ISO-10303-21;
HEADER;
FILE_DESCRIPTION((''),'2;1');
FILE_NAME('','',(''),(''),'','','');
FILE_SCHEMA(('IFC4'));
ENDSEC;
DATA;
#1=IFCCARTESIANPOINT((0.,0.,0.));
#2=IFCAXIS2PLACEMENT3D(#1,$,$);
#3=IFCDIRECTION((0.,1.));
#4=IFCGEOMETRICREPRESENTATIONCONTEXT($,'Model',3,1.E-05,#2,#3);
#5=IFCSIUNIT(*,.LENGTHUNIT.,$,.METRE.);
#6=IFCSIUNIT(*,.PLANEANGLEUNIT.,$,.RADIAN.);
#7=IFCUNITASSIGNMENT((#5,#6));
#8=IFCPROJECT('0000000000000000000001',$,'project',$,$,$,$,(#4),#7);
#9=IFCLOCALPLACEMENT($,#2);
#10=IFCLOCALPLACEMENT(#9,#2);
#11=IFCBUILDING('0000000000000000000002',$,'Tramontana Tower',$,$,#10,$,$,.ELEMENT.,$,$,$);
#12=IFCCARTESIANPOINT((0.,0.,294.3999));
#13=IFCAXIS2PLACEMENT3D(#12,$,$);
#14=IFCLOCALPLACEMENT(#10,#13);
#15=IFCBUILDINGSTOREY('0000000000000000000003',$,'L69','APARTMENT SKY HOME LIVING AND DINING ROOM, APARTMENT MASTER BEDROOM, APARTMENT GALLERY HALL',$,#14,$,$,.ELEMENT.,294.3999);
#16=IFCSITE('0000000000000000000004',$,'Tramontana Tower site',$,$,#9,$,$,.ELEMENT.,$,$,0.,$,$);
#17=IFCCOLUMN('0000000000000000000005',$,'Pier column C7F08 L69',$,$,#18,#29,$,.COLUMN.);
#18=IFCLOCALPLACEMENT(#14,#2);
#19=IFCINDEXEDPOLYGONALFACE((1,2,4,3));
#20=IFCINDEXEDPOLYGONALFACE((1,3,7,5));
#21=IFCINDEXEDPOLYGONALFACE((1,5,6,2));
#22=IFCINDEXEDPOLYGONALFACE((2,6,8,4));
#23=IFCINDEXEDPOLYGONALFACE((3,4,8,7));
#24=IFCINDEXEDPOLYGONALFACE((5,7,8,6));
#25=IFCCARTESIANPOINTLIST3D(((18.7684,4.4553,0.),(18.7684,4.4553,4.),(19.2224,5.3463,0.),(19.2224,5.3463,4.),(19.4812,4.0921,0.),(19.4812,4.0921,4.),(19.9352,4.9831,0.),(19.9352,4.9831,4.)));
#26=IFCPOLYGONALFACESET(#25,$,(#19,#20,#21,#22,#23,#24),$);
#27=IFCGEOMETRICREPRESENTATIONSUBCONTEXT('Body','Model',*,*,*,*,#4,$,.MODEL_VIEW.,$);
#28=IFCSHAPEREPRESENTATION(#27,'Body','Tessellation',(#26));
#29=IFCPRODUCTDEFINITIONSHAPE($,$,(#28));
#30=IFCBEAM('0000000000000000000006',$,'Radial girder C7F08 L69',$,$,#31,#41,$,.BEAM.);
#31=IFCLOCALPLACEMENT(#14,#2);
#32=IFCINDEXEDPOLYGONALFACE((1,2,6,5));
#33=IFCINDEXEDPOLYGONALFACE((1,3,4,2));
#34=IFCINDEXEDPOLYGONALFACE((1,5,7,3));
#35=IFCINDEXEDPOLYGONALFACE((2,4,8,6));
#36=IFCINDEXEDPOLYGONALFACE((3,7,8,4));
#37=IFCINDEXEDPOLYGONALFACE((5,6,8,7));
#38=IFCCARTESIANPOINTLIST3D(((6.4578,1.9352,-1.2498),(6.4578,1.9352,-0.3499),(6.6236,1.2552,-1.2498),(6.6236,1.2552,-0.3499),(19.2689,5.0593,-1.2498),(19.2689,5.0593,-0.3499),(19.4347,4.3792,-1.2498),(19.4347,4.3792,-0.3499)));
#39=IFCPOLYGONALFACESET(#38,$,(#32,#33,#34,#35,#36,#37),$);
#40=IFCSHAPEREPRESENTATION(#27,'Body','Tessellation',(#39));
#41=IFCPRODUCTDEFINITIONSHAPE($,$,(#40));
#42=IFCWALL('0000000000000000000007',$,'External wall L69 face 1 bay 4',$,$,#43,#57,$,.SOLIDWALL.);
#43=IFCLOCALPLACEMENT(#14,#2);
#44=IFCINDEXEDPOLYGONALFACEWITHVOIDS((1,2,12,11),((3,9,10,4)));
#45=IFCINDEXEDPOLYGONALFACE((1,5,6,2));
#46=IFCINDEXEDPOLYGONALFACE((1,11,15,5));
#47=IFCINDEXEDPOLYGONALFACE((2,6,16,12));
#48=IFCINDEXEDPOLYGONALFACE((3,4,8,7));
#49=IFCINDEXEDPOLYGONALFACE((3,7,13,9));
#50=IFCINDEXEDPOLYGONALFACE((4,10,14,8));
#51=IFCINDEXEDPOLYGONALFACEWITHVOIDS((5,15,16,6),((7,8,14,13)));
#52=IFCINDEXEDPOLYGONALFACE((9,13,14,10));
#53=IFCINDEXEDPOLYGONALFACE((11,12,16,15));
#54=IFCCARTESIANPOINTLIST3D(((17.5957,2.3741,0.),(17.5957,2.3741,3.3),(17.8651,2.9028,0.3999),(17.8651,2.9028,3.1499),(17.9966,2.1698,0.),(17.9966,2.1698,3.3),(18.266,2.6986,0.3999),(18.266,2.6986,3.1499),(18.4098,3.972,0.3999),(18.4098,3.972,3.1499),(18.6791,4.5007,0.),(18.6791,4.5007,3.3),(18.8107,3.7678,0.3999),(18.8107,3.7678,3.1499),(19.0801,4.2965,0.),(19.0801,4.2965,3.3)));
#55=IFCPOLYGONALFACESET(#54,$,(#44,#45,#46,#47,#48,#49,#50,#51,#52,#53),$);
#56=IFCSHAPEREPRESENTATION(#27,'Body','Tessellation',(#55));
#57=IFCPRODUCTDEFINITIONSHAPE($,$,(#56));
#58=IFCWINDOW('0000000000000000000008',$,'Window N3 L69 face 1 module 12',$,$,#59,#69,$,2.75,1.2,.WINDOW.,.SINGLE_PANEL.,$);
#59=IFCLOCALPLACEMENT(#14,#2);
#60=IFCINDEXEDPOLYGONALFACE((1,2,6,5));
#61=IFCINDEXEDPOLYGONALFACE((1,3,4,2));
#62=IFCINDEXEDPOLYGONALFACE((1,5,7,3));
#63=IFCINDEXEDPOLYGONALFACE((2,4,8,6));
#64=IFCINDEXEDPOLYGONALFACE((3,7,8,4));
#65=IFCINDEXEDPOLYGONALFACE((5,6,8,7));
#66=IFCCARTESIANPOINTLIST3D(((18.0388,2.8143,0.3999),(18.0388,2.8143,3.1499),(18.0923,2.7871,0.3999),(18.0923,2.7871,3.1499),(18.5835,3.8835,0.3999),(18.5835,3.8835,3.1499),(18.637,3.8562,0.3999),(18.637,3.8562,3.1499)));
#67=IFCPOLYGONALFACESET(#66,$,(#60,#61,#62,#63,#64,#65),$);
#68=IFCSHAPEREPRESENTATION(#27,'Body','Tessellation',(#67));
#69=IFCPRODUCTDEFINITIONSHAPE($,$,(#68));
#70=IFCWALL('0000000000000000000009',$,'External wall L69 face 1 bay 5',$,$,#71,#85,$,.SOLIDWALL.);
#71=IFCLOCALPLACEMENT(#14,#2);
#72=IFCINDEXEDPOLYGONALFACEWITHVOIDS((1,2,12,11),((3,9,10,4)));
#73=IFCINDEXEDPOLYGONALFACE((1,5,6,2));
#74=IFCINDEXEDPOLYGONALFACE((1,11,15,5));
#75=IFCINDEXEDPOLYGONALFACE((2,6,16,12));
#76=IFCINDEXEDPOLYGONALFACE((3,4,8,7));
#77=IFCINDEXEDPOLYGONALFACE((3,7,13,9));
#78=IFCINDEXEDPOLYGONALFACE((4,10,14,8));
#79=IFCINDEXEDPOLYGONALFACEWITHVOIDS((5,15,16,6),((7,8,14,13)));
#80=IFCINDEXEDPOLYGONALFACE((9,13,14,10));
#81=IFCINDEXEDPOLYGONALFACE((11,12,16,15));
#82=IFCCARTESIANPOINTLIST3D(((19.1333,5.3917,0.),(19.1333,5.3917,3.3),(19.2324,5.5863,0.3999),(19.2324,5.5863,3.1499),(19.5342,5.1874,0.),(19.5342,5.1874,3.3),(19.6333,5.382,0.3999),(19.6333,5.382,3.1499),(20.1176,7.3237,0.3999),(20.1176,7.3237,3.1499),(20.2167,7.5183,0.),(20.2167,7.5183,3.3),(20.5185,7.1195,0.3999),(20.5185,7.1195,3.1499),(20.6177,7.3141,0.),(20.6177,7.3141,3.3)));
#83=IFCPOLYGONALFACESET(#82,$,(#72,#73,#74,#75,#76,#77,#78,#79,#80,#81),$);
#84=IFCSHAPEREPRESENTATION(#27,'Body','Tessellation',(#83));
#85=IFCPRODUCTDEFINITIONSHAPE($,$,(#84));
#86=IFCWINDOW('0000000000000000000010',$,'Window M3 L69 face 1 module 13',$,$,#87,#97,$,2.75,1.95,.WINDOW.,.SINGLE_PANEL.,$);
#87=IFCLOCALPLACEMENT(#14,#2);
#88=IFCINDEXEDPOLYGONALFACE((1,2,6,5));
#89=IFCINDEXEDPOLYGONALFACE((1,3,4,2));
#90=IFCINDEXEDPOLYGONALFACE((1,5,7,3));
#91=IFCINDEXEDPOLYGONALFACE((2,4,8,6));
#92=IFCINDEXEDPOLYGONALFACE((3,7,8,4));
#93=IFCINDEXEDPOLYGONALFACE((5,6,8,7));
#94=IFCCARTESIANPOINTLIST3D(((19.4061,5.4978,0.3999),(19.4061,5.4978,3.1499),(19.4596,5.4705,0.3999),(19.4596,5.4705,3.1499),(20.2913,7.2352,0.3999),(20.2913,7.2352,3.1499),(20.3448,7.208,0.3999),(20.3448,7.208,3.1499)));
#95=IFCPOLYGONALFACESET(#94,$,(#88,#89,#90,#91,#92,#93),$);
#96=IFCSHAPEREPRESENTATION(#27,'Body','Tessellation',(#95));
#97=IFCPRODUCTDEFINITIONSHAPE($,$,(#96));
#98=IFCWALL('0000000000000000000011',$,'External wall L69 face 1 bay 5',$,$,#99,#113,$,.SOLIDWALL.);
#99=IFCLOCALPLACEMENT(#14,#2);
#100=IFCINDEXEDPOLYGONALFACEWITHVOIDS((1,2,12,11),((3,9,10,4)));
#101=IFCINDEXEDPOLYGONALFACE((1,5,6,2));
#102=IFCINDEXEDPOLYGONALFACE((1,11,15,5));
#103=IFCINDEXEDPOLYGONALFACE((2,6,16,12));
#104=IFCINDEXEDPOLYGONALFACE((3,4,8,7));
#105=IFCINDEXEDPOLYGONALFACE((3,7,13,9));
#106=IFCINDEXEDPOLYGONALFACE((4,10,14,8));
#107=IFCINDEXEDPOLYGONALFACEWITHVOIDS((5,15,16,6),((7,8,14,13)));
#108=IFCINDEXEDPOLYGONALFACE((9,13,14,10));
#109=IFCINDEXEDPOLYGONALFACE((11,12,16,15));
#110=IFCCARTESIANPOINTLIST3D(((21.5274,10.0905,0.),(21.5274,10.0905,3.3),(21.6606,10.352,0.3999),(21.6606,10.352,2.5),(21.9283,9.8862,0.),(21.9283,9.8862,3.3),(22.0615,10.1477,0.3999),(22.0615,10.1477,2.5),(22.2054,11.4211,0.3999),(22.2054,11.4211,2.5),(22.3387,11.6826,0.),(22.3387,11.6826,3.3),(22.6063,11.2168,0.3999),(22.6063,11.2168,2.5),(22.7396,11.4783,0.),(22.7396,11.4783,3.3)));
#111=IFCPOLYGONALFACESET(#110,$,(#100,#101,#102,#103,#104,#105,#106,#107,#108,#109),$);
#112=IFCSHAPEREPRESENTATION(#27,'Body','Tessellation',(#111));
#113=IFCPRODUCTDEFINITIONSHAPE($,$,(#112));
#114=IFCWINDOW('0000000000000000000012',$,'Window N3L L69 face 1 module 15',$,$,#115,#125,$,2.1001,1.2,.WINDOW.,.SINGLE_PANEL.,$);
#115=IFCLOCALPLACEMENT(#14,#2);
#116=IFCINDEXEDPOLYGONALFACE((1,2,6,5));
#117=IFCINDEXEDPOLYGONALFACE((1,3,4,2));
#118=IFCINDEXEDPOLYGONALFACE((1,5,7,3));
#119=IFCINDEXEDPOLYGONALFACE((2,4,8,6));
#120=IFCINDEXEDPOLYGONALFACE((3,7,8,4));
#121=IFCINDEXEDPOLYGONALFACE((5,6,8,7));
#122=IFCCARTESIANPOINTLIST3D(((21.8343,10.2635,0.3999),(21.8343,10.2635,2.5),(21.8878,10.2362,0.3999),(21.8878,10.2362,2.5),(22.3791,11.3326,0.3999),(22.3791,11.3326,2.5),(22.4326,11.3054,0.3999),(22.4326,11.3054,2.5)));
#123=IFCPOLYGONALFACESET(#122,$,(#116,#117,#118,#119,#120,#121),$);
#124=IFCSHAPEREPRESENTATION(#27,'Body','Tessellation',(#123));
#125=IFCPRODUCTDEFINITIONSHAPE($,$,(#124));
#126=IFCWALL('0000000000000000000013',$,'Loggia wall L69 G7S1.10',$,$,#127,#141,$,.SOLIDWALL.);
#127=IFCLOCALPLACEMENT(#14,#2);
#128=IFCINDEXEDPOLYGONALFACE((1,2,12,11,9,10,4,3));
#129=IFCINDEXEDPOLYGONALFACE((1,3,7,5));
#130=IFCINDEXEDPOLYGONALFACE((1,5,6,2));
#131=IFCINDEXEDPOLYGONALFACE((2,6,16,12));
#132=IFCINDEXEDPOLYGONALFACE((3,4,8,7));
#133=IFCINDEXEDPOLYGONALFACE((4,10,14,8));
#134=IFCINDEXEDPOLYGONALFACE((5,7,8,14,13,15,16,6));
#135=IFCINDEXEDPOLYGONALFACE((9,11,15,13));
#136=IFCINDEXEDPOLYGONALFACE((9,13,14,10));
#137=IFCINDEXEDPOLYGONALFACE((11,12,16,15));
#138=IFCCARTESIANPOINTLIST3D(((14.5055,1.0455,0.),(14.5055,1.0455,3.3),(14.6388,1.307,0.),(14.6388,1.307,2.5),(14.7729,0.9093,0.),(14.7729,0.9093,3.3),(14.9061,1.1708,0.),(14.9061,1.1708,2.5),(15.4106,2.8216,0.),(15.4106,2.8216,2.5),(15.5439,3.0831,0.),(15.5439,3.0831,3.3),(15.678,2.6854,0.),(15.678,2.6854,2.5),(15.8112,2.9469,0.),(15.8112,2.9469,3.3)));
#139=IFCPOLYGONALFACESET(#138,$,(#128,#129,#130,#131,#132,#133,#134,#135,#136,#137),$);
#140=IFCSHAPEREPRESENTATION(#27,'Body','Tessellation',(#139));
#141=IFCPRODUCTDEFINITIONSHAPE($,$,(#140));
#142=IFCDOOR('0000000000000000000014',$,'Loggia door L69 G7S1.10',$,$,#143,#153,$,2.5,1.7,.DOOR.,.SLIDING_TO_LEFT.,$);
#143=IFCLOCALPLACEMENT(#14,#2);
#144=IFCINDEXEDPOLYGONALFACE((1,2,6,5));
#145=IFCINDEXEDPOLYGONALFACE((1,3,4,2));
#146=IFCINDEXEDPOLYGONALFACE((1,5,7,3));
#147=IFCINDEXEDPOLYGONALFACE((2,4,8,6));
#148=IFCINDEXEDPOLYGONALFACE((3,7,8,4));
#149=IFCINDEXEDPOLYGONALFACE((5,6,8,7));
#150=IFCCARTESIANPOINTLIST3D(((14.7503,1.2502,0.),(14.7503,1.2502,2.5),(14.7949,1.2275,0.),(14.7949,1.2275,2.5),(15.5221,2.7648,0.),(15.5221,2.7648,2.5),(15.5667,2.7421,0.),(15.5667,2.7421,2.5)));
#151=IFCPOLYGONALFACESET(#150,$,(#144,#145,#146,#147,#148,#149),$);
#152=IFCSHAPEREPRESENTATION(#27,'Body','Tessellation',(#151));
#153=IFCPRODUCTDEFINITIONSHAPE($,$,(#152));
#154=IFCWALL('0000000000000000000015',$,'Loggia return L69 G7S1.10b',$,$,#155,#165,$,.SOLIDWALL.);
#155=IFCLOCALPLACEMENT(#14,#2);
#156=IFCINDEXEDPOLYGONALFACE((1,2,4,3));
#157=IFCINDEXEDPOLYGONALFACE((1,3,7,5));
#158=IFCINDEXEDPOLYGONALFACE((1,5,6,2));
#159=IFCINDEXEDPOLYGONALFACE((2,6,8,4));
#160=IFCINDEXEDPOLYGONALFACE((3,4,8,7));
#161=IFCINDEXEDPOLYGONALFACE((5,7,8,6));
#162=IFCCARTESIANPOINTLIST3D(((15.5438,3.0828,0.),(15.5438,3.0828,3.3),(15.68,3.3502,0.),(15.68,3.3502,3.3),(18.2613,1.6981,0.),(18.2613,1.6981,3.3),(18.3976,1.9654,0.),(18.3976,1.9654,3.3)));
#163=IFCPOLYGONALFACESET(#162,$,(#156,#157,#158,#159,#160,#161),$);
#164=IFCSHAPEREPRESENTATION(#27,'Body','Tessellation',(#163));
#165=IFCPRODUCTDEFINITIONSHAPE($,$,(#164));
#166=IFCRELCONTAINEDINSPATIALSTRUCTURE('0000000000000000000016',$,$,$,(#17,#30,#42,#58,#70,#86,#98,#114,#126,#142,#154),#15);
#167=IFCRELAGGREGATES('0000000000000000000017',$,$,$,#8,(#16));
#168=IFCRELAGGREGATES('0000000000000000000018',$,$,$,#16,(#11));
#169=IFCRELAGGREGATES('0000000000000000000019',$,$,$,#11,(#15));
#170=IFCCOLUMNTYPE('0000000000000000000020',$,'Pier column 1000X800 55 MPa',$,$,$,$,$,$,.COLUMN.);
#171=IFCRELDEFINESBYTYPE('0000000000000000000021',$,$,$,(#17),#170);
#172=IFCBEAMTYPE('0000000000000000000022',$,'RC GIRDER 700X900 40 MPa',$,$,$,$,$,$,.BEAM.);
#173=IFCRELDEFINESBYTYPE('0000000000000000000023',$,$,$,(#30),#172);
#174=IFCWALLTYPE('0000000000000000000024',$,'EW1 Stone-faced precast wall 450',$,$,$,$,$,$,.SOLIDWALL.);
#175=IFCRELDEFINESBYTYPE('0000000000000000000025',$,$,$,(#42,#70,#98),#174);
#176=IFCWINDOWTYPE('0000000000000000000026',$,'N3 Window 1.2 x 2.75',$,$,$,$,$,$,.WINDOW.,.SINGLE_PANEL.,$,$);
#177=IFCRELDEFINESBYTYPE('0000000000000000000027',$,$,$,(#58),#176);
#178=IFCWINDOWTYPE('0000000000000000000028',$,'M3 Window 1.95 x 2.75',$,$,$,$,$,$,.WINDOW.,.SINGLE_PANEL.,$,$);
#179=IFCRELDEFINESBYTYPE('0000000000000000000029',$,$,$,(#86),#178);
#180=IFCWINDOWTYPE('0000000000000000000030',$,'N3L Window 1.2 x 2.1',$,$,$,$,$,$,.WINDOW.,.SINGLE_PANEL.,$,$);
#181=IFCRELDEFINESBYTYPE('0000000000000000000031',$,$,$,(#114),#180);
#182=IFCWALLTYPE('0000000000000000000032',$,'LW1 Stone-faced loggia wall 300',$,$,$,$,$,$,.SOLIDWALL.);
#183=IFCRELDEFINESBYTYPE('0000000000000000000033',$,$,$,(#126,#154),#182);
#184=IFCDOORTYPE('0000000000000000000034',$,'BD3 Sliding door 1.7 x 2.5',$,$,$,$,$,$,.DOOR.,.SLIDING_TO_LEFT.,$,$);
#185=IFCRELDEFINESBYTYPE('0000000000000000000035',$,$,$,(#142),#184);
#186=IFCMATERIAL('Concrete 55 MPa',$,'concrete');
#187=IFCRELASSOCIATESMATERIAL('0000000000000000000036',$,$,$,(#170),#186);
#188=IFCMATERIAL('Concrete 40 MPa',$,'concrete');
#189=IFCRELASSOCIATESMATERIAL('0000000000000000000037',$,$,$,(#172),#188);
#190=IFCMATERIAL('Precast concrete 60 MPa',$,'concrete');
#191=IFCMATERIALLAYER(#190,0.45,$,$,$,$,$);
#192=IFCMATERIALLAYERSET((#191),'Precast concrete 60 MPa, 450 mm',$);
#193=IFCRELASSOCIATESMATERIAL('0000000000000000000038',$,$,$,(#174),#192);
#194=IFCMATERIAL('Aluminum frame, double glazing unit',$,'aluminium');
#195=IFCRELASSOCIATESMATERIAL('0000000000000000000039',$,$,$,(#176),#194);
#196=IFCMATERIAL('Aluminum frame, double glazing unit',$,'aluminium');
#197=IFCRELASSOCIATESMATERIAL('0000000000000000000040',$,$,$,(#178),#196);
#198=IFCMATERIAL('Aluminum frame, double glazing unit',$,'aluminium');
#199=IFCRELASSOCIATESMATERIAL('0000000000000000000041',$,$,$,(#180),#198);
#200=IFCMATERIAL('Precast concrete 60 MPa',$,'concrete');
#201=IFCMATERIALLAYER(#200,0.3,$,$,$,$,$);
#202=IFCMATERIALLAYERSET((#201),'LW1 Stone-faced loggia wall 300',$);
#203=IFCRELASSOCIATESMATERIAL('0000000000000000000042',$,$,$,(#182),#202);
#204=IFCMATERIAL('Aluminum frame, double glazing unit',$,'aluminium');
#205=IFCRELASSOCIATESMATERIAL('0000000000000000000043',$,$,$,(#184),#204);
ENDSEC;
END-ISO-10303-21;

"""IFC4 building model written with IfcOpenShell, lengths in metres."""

from ifc_helpers import new_model, si_unit, direction, frame, frame_2d, origin, origin_2d, place, context, subcontext, project, spatial, rectangle, extrude, material, layer, layer_set, material_profile, profile_set, type_object, element, fill, save


model = new_model("IFC4")

# Units and contexts
model_context = context("Model", 3, precision=1e-05, world=origin(), true_north=direction((0.0, 1.0)))
body_context = subcontext(model_context, "Body", "Model", "MODEL_VIEW")
ifc_project = project(units=[si_unit("LENGTHUNIT", "METRE"), si_unit("PLANEANGLEUNIT", "RADIAN")], contexts=[model_context])

# Site, building, storey
site_placement = place(None, origin())
site = spatial("IfcSite", under=ifc_project, at=site_placement, Name="Tramontana Tower site", CompositionType="ELEMENT", RefElevation=0.0)
building_placement = place(site_placement, origin())
building = spatial("IfcBuilding", under=site, at=building_placement, Name="Tramontana Tower", CompositionType="ELEMENT")
storey_placement = place(building_placement, frame((0.0, 0.0, 294.3999)))
storey = spatial("IfcBuildingStorey", under=building, at=storey_placement, Name="L69", Description="APARTMENT SKY HOME LIVING AND DINING ROOM, APARTMENT MASTER BEDROOM, APARTMENT GALLERY HALL", CompositionType="ELEMENT", Elevation=294.3999)

# Column
ifc_material_1 = material(Name="Concrete 55 MPa", Category="concrete")
ifc_material_profile_1 = material_profile(ifc_material_1, rectangle(XDim=1.0, YDim=0.8, at=origin_2d()), Name="Pier column 1000X800 55 MPa")
ifc_profile_set_1 = profile_set([ifc_material_profile_1], Name="Concrete 55 MPa")
column_type = type_object("IfcColumnType", Name="Pier column 1000X800 55 MPa", PredefinedType="COLUMN", material=ifc_profile_set_1)
column_placement = place(storey_placement, frame((19.3518, 4.7192, 0.0), z_axis=(0.0, 0.0, 1.0), x_axis=(0.45399, 0.891007, 0.0)))
element("IfcColumn", 1, at=column_placement, inside=storey, type_object=column_type, Name="Pier column C7F08 L69", PredefinedType="COLUMN", context=body_context, shape_type="SweptSolid", body=[
    extrude(rectangle(XDim=1.0, YDim=0.8, at=origin_2d()), origin(), (0.0, 0.0, 1.0), 4.0),
])

# Beam
ifc_material_2 = material(Name="Concrete 40 MPa", Category="concrete")
ifc_material_profile_2 = material_profile(ifc_material_2, rectangle(XDim=0.7, YDim=0.8999, at=origin_2d()), Name="RC GIRDER 700X900 40 MPa")
ifc_profile_set_2 = profile_set([ifc_material_profile_2], Name="Concrete 40 MPa")
beam_type = type_object("IfcBeamType", Name="RC GIRDER 700X900 40 MPa", PredefinedType="BEAM", material=ifc_profile_set_2)
beam_placement = place(storey_placement, frame((19.3518, 4.7192, -0.7998), z_axis=(-0.971531, -0.236912, 0.0), x_axis=(0.236912, -0.971531, 0.0)))
element("IfcBeam", 2, at=beam_placement, inside=storey, type_object=beam_type, Name="Radial girder C7F08 L69", PredefinedType="BEAM", context=body_context, shape_type="SweptSolid", body=[
    extrude(rectangle(XDim=0.7, YDim=0.8999, at=origin_2d()), origin(), (0.0, 0.0, 1.0), 13.1865),
])

# Walls, openings, windows
ifc_material_3 = material(Name="Precast concrete 60 MPa", Category="concrete")
ifc_layer_1 = layer(ifc_material_3, 0.45)
ifc_layer_set_1 = layer_set([ifc_layer_1], Name="Precast concrete 60 MPa, 450 mm")
wall_type_1 = type_object("IfcWallType", Name="EW1 Stone-faced precast wall 450", PredefinedType="SOLIDWALL", material=ifc_layer_set_1)
wall_1_placement = place(storey_placement, frame((17.7961, 2.272, 0.0), z_axis=(0.0, 0.0, 1.0), x_axis=(0.453952, 0.891026, 0.0)))
wall_1 = element("IfcWall", 3, at=wall_1_placement, inside=storey, type_object=wall_type_1, Name="External wall L69 face 1 bay 4", PredefinedType="SOLIDWALL", context=body_context, shape_type="SweptSolid", body=[
    extrude(rectangle(XDim=2.3867, YDim=0.45, at=frame_2d((1.1934, 0.0))), origin(), (0.0, 0.0, 1.0), 3.3),
])
opening_1_placement = place(wall_1_placement, frame((0.5933, 0.0, 0.3999)))
opening_1 = element("IfcOpeningElement", 4, at=opening_1_placement, cuts=wall_1, PredefinedType="OPENING", context=body_context, shape_type="SweptSolid", body=[
    extrude(rectangle(XDim=1.2, YDim=2.75, at=frame_2d((0.6001, 1.375))), frame((0.0, 0.2349, 0.0), z_axis=(0.0, -1.0, 0.0), x_axis=(1.0, 0.0, 0.0)), (0.0, 0.0, 1.0), 0.47),
])
ifc_material_4 = material(Name="Aluminum frame, double glazing unit", Category="aluminium")
window_type_1 = type_object("IfcWindowType", Name="N3 Window 1.2 x 2.75", PartitioningType="SINGLE_PANEL", PredefinedType="WINDOW", material=ifc_material_4)
window_1_placement = place(opening_1_placement, origin())
window_1 = element("IfcWindow", 5, at=window_1_placement, inside=storey, type_object=window_type_1, Name="Window N3 L69 face 1 module 12", OverallHeight=2.75, OverallWidth=1.2, PartitioningType="SINGLE_PANEL", PredefinedType="WINDOW", context=body_context, shape_type="SweptSolid", body=[
    extrude(rectangle(XDim=1.2, YDim=2.75, at=frame_2d((0.6001, 1.375))), frame((0.0, 0.03, 0.0), z_axis=(0.0, -1.0, 0.0), x_axis=(1.0, 0.0, 0.0)), (0.0, 0.0, 1.0), 0.0601),
])
fill(opening_1, window_1)
wall_2_placement = place(storey_placement, frame((19.3337, 5.2896, 0.0), z_axis=(0.0, 0.0, 1.0), x_axis=(0.453952, 0.891026, 0.0)))
wall_2 = element("IfcWall", 6, at=wall_2_placement, inside=storey, type_object=wall_type_1, Name="External wall L69 face 1 bay 5", PredefinedType="SOLIDWALL", context=body_context, shape_type="SweptSolid", body=[
    extrude(rectangle(XDim=2.3867, YDim=0.45, at=frame_2d((1.1934, 0.0))), origin(), (0.0, 0.0, 1.0), 3.3),
])
opening_2_placement = place(wall_2_placement, frame((0.2183, 0.0, 0.3999)))
opening_2 = element("IfcOpeningElement", 7, at=opening_2_placement, cuts=wall_2, PredefinedType="OPENING", context=body_context, shape_type="SweptSolid", body=[
    extrude(rectangle(XDim=1.95, YDim=2.75, at=frame_2d((0.9751, 1.375))), frame((0.0, 0.2349, 0.0), z_axis=(0.0, -1.0, 0.0), x_axis=(1.0, 0.0, 0.0)), (0.0, 0.0, 1.0), 0.47),
])
ifc_material_5 = material(Name="Aluminum frame, double glazing unit", Category="aluminium")
window_type_2 = type_object("IfcWindowType", Name="M3 Window 1.95 x 2.75", PartitioningType="SINGLE_PANEL", PredefinedType="WINDOW", material=ifc_material_5)
window_2_placement = place(opening_2_placement, origin())
window_2 = element("IfcWindow", 8, at=window_2_placement, inside=storey, type_object=window_type_2, Name="Window M3 L69 face 1 module 13", OverallHeight=2.75, OverallWidth=1.95, PartitioningType="SINGLE_PANEL", PredefinedType="WINDOW", context=body_context, shape_type="SweptSolid", body=[
    extrude(rectangle(XDim=1.95, YDim=2.75, at=frame_2d((0.9751, 1.375))), frame((0.0, 0.03, 0.0), z_axis=(0.0, -1.0, 0.0), x_axis=(1.0, 0.0, 0.0)), (0.0, 0.0, 1.0), 0.0601),
])
fill(opening_2, window_2)
wall_3_placement = place(storey_placement, frame((21.7278, 9.9883, 0.0), z_axis=(0.0, 0.0, 1.0), x_axis=(0.454032, 0.890985, 0.0)))
wall_3 = element("IfcWall", 9, at=wall_3_placement, inside=storey, type_object=wall_type_1, Name="External wall L69 face 1 bay 5", PredefinedType="SOLIDWALL", context=body_context, shape_type="SweptSolid", body=[
    extrude(rectangle(XDim=1.7869, YDim=0.45, at=frame_2d((0.8936, 0.0))), origin(), (0.0, 0.0, 1.0), 3.3),
])
opening_3_placement = place(wall_3_placement, frame((0.2935, 0.0, 0.3999)))
opening_3 = element("IfcOpeningElement", 10, at=opening_3_placement, cuts=wall_3, PredefinedType="OPENING", context=body_context, shape_type="SweptSolid", body=[
    extrude(rectangle(XDim=1.2, YDim=2.1001, at=frame_2d((0.6001, 1.05))), frame((0.0, 0.2349, 0.0), z_axis=(0.0, -1.0, 0.0), x_axis=(1.0, 0.0, 0.0)), (0.0, 0.0, 1.0), 0.47),
])
ifc_material_6 = material(Name="Aluminum frame, double glazing unit", Category="aluminium")
window_type_3 = type_object("IfcWindowType", Name="N3L Window 1.2 x 2.1", PartitioningType="SINGLE_PANEL", PredefinedType="WINDOW", material=ifc_material_6)
window_3_placement = place(opening_3_placement, origin())
window_3 = element("IfcWindow", 11, at=window_3_placement, inside=storey, type_object=window_type_3, Name="Window N3L L69 face 1 module 15", OverallHeight=2.1001, OverallWidth=1.2, PartitioningType="SINGLE_PANEL", PredefinedType="WINDOW", context=body_context, shape_type="SweptSolid", body=[
    extrude(rectangle(XDim=1.2, YDim=2.1001, at=frame_2d((0.6001, 1.05))), frame((0.0, 0.03, 0.0), z_axis=(0.0, -1.0, 0.0), x_axis=(1.0, 0.0, 0.0)), (0.0, 0.0, 1.0), 0.0601),
])
fill(opening_3, window_3)

# Wall, opening, door
ifc_material_7 = material(Name="Precast concrete 60 MPa", Category="concrete")
ifc_layer_2 = layer(ifc_material_7, 0.3)
ifc_layer_set_2 = layer_set([ifc_layer_2], Name="LW1 Stone-faced loggia wall 300")
wall_type_2 = type_object("IfcWallType", Name="LW1 Stone-faced loggia wall 300", PredefinedType="SOLIDWALL", material=ifc_layer_set_2)
wall_4_placement = place(storey_placement, frame((14.6392, 0.9773, 0.0), z_axis=(0.0, 0.0, 1.0), x_axis=(0.454033, 0.890985, 0.0)))
wall_4 = element("IfcWall", 12, at=wall_4_placement, inside=storey, type_object=wall_type_2, Name="Loggia wall L69 G7S1.10", PredefinedType="SOLIDWALL", context=body_context, shape_type="SweptSolid", body=[
    extrude(rectangle(XDim=2.2869, YDim=0.3, at=frame_2d((1.1436, 0.0))), origin(), (0.0, 0.0, 1.0), 3.3),
])
opening_4_placement = place(wall_4_placement, frame((0.2935, 0.0, 0.0)))
opening_4 = element("IfcOpeningElement", 13, at=opening_4_placement, cuts=wall_4, PredefinedType="OPENING", context=body_context, shape_type="SweptSolid", body=[
    extrude(rectangle(XDim=1.7, YDim=2.5, at=frame_2d((0.8501, 1.25))), frame((0.0, 0.1599, 0.0), z_axis=(0.0, -1.0, 0.0), x_axis=(1.0, 0.0, 0.0)), (0.0, 0.0, 1.0), 0.3201),
])
ifc_material_8 = material(Name="Aluminum frame, double glazing unit", Category="aluminium")
door_type_1 = type_object("IfcDoorType", Name="BD3 Sliding door 1.7 x 2.5", OperationType="SLIDING_TO_LEFT", PredefinedType="DOOR", material=ifc_material_8)
door_1_placement = place(opening_4_placement, origin())
door_1 = element("IfcDoor", 14, at=door_1_placement, inside=storey, type_object=door_type_1, Name="Loggia door L69 G7S1.10", OperationType="SLIDING_TO_LEFT", OverallHeight=2.5, OverallWidth=1.7, PredefinedType="DOOR", context=body_context, shape_type="SweptSolid", body=[
    extrude(rectangle(XDim=1.7, YDim=2.5, at=frame_2d((0.8501, 1.25))), frame((0.0, 0.0249, 0.0), z_axis=(0.0, -1.0, 0.0), x_axis=(1.0, 0.0, 0.0)), (0.0, 0.0, 1.0), 0.05),
])
fill(opening_4, door_1)

# Wall
wall_5_placement = place(storey_placement, frame((18.3293, 1.8318, 0.0), z_axis=(0.0, 0.0, 1.0), x_axis=(-0.890991, 0.454021, 0.0)))
element("IfcWall", 15, at=wall_5_placement, inside=storey, type_object=wall_type_2, Name="Loggia return L69 G7S1.10b", PredefinedType="SOLIDWALL", context=body_context, shape_type="SweptSolid", body=[
    extrude(rectangle(XDim=3.05, YDim=0.3, at=frame_2d((1.5249, 0.0))), origin(), (0.0, 0.0, 1.0), 3.3),
])

save(model, "model.ifc")
